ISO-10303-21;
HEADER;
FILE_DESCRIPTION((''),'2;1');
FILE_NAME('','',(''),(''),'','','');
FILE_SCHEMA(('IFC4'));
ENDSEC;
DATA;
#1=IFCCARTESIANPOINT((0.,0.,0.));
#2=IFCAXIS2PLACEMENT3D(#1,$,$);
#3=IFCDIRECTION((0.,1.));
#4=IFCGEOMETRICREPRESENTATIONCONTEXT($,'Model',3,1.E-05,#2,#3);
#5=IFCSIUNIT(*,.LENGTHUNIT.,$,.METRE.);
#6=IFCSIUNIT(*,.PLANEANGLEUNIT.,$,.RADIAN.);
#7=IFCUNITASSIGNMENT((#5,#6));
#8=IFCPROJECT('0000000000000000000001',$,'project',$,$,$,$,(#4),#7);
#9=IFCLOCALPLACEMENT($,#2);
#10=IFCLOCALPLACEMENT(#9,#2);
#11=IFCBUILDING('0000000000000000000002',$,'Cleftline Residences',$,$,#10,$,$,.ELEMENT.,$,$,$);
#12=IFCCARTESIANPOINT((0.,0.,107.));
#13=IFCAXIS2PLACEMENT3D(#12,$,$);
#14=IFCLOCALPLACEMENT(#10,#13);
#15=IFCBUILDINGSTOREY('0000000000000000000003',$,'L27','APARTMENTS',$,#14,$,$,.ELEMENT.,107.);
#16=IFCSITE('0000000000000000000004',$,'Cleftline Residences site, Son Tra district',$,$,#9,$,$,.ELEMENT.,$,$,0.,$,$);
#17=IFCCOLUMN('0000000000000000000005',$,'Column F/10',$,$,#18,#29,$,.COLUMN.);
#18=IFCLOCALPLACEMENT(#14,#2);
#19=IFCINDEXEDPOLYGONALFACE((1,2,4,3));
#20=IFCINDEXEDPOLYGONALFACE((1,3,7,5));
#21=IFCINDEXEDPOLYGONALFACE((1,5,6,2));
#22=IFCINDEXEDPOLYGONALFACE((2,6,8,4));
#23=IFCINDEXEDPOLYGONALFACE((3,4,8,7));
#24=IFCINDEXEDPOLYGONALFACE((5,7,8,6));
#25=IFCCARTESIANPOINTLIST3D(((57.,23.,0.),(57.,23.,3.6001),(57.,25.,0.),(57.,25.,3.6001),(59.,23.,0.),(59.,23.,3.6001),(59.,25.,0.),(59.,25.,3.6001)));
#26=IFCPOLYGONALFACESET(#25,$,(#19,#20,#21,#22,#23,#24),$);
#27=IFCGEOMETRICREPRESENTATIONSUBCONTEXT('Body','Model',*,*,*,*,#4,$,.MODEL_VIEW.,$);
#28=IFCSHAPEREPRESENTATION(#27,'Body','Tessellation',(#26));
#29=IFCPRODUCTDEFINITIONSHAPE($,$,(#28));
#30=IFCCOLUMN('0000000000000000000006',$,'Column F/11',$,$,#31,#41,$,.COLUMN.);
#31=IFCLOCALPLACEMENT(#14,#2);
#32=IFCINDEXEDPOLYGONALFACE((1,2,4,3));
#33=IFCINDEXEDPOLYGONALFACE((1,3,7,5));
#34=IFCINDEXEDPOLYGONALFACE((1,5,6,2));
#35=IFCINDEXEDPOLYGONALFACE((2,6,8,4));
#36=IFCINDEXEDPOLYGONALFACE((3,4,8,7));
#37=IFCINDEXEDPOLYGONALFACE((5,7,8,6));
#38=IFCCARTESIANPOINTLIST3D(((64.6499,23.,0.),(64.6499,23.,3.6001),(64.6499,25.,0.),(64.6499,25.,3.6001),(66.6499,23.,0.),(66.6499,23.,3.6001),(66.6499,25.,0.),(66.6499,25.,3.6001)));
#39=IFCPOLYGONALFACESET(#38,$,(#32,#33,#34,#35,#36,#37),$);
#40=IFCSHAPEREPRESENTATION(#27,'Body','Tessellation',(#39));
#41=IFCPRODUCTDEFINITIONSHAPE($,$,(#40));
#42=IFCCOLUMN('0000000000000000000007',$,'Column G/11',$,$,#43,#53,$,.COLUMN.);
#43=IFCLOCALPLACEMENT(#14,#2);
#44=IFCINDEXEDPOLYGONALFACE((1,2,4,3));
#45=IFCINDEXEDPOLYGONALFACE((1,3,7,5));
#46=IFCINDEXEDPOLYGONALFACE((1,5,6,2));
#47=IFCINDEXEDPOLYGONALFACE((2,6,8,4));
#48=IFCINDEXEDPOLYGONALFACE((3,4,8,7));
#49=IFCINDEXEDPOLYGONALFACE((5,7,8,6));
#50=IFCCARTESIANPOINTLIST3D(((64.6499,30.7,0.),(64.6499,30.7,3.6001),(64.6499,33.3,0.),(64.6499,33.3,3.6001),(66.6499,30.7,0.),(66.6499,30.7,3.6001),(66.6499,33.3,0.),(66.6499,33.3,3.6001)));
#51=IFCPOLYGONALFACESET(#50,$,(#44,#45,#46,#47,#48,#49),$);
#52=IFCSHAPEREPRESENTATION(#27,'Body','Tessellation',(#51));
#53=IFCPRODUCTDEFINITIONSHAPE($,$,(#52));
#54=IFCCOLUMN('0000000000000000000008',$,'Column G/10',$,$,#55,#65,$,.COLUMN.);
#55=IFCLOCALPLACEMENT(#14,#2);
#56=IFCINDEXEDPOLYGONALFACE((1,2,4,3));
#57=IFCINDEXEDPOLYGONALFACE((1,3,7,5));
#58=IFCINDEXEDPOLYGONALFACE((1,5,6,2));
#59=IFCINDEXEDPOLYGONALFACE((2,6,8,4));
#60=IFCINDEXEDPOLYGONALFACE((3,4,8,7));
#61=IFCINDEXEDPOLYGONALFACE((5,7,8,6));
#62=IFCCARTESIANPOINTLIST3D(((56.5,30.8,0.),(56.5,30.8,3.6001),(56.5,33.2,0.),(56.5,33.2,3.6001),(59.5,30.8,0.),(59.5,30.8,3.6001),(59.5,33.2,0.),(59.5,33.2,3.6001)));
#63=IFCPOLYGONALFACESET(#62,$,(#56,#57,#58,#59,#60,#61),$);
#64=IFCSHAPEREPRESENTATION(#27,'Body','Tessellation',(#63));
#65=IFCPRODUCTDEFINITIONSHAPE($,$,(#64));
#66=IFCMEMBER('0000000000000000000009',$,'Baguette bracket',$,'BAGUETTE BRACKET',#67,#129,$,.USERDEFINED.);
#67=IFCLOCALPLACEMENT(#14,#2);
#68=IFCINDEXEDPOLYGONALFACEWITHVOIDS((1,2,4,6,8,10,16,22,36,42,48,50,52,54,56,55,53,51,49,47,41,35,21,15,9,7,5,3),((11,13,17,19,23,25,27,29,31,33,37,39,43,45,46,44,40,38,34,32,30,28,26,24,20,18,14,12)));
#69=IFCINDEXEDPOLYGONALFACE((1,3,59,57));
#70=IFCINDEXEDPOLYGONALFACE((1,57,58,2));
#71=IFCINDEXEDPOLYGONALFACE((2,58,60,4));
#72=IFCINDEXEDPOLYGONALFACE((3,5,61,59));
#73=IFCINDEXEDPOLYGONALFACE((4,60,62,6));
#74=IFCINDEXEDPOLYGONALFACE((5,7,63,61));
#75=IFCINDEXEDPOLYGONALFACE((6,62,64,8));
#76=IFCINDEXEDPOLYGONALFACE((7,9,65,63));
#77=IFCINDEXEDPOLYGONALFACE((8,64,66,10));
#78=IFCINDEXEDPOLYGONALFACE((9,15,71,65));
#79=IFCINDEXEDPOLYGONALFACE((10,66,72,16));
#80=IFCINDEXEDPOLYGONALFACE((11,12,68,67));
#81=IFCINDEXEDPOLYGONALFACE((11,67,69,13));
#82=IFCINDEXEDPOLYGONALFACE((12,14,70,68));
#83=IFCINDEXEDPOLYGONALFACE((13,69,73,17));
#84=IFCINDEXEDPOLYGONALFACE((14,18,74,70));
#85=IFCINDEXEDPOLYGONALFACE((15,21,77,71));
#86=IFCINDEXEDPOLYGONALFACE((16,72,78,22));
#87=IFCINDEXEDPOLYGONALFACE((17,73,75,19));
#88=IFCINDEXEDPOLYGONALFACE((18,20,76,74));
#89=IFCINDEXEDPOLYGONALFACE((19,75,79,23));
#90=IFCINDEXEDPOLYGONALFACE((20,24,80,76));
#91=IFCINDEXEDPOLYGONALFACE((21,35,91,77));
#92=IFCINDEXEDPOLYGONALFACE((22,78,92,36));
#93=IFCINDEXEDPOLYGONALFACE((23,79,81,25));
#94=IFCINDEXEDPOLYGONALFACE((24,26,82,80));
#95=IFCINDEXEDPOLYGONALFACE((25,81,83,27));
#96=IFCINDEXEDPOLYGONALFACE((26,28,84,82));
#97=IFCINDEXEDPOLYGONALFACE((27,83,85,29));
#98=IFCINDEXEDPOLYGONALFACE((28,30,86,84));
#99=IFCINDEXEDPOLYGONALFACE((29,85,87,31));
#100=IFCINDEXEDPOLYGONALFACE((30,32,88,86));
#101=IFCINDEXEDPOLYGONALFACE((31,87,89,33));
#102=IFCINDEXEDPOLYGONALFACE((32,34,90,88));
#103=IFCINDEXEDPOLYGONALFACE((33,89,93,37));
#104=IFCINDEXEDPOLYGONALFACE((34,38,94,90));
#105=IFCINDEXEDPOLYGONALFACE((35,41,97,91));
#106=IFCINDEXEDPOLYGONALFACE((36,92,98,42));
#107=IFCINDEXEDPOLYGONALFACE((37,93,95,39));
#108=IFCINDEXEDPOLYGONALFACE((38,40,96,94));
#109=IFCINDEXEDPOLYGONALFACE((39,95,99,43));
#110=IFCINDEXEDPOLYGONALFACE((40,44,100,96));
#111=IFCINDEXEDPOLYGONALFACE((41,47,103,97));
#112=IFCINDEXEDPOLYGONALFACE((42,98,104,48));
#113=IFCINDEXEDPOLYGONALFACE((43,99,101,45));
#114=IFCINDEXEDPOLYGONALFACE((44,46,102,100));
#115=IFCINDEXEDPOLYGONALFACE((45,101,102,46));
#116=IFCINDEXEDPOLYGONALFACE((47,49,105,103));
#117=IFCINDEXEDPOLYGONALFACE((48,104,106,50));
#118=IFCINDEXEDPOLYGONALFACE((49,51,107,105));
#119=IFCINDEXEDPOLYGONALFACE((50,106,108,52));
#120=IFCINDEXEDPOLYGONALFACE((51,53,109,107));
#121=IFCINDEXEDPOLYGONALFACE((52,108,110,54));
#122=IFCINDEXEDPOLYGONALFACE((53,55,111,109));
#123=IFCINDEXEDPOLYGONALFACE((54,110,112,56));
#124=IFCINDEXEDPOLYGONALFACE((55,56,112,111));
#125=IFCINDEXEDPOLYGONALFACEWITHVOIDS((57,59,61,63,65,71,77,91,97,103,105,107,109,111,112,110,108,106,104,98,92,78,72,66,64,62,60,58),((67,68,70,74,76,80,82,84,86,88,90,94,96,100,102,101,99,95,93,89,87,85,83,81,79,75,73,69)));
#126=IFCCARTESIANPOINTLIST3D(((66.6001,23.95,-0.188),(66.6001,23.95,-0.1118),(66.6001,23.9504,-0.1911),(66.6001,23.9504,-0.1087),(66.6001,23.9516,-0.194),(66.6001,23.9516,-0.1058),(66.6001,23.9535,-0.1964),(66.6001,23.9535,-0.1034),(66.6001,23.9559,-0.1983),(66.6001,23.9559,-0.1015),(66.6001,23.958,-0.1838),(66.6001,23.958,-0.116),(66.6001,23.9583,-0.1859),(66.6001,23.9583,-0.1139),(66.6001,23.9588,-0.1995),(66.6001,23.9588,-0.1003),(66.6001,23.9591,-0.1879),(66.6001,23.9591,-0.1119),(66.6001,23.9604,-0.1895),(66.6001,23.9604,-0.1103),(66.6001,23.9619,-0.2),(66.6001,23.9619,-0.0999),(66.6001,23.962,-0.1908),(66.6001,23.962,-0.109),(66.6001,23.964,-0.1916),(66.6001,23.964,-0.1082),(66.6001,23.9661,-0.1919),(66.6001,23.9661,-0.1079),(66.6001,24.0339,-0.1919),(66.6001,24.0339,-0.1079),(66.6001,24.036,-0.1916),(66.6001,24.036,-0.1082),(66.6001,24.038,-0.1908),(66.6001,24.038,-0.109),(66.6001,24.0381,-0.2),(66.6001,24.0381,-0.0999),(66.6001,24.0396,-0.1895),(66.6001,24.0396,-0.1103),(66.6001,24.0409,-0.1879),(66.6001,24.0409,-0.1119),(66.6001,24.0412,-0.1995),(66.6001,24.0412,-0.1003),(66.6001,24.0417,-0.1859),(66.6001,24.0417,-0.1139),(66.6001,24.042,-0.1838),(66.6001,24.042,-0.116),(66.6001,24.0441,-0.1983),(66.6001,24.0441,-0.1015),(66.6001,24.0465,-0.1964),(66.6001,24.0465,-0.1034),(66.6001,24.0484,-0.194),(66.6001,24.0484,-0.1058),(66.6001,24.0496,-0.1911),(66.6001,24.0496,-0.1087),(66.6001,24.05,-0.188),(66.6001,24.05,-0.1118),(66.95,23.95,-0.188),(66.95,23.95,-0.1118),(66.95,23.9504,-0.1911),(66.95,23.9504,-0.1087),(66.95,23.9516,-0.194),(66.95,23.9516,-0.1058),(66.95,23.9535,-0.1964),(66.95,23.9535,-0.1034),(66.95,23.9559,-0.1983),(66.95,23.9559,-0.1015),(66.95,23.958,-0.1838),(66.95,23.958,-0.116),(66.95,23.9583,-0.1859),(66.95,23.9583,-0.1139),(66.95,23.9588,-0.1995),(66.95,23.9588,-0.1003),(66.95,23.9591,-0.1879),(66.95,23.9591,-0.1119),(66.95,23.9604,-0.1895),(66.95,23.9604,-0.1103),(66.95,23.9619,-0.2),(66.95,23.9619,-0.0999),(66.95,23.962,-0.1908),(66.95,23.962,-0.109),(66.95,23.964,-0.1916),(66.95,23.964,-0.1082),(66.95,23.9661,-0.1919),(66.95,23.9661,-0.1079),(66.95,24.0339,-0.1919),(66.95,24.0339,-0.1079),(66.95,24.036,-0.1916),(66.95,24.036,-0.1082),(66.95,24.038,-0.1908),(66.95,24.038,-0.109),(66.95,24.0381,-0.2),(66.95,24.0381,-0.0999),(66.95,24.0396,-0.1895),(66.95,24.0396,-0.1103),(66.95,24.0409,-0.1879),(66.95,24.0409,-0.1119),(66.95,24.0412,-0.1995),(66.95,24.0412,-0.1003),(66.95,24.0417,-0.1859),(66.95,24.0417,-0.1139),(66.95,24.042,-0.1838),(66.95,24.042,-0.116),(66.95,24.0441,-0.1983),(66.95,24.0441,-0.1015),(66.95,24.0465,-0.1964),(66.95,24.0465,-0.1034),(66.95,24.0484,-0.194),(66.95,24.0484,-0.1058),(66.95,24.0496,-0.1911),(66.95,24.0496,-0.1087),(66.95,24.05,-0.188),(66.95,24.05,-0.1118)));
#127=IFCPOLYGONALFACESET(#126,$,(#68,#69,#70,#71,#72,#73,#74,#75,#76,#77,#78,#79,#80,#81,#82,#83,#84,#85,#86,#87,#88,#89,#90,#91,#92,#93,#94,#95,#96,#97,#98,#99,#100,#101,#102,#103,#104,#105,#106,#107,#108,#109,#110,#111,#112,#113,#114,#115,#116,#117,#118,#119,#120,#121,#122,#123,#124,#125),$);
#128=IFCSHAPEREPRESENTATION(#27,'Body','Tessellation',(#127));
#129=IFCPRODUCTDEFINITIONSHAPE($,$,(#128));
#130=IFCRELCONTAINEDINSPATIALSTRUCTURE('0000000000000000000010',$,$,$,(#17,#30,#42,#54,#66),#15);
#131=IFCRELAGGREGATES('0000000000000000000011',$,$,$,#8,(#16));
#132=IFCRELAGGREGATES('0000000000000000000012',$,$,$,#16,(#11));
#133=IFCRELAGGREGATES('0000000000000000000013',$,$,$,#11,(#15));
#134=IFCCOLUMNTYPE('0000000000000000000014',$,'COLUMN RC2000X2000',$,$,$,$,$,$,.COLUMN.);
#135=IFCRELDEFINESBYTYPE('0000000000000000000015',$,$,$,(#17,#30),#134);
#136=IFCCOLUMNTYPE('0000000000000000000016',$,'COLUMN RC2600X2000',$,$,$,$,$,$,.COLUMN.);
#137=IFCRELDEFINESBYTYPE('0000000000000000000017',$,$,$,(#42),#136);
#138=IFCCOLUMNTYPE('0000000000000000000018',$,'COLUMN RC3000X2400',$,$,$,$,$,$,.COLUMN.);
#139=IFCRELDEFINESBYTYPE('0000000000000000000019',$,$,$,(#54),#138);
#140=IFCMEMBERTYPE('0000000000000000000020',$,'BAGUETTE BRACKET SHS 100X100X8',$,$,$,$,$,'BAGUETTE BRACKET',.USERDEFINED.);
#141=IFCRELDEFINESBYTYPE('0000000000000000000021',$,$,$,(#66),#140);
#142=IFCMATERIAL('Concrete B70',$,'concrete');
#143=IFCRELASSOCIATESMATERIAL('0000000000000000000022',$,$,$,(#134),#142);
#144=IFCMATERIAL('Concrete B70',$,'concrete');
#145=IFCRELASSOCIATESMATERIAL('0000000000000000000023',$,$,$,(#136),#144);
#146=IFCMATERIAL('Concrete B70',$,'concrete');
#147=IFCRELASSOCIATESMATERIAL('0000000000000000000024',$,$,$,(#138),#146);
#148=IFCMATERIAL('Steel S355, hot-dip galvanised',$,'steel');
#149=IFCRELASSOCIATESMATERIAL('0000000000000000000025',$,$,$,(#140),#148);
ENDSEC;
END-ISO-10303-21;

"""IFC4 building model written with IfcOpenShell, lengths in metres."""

from ifc_helpers import new_model, si_unit, direction, frame, origin, origin_2d, place, context, subcontext, project, spatial, rectangle, hollow_rectangle, extrude, material, material_profile, profile_set, type_object, element, save


model = new_model("IFC4")

# Units and contexts
model_context = context("Model", 3, precision=1e-05, world=origin(), true_north=direction((0.0, 1.0)))
body_context = subcontext(model_context, "Body", "Model", "MODEL_VIEW")
ifc_project = project(units=[si_unit("LENGTHUNIT", "METRE"), si_unit("PLANEANGLEUNIT", "RADIAN")], contexts=[model_context])

# Site, building, storey
site_placement = place(None, origin())
site = spatial("IfcSite", under=ifc_project, at=site_placement, Name="Cleftline Residences site, Son Tra district", CompositionType="ELEMENT", RefElevation=0.0)
building_placement = place(site_placement, origin())
building = spatial("IfcBuilding", under=site, at=building_placement, Name="Cleftline Residences", CompositionType="ELEMENT")
storey_placement = place(building_placement, frame((0.0, 0.0, 107.0)))
storey = spatial("IfcBuildingStorey", under=building, at=storey_placement, Name="L27", Description="APARTMENTS", CompositionType="ELEMENT", Elevation=107.0)

# Columns
ifc_material_1 = material(Name="Concrete B70", Category="concrete")
ifc_material_profile_1 = material_profile(ifc_material_1, rectangle(XDim=2.0, YDim=2.0, at=origin_2d()))
ifc_profile_set_1 = profile_set([ifc_material_profile_1], Name="Concrete B70")
column_type_1 = type_object("IfcColumnType", Name="COLUMN RC2000X2000", PredefinedType="COLUMN", material=ifc_profile_set_1)
for number, where, z_axis, x_axis, name in (
    (1, (58.0, 24.0, 0.0), (0.0, 0.0, 1.0), (1.0, 0.0, 0.0), "Column F/10"),
    (2, (65.6499, 24.0, 0.0), (0.0, 0.0, 1.0), (1.0, 0.0, 0.0), "Column F/11"),
):
    element("IfcColumn", number, at=place(storey_placement, frame(where, z_axis=z_axis, x_axis=x_axis)), inside=storey, type_object=column_type_1, Name=name, PredefinedType="COLUMN", context=body_context, shape_type="SweptSolid", body=[
        extrude(rectangle(XDim=2.0, YDim=2.0, at=origin_2d()), origin(), (0.0, 0.0, 1.0), 3.6001),
    ])
ifc_material_2 = material(Name="Concrete B70", Category="concrete")
ifc_material_profile_2 = material_profile(ifc_material_2, rectangle(XDim=2.6001, YDim=2.0, at=origin_2d()))
ifc_profile_set_2 = profile_set([ifc_material_profile_2], Name="Concrete B70")
column_type_2 = type_object("IfcColumnType", Name="COLUMN RC2600X2000", PredefinedType="COLUMN", material=ifc_profile_set_2)
column_1_placement = place(storey_placement, frame((65.6499, 32.0, 0.0), z_axis=(0.0, 0.0, 1.0), x_axis=(0.0, 1.0, 0.0)))
element("IfcColumn", 3, at=column_1_placement, inside=storey, type_object=column_type_2, Name="Column G/11", PredefinedType="COLUMN", context=body_context, shape_type="SweptSolid", body=[
    extrude(rectangle(XDim=2.6001, YDim=2.0, at=origin_2d()), origin(), (0.0, 0.0, 1.0), 3.6001),
])
ifc_material_3 = material(Name="Concrete B70", Category="concrete")
ifc_material_profile_3 = material_profile(ifc_material_3, rectangle(XDim=3.0, YDim=2.3999, at=origin_2d()))
ifc_profile_set_3 = profile_set([ifc_material_profile_3], Name="Concrete B70")
column_type_3 = type_object("IfcColumnType", Name="COLUMN RC3000X2400", PredefinedType="COLUMN", material=ifc_profile_set_3)
column_2_placement = place(storey_placement, frame((58.0, 32.0, 0.0), z_axis=(0.0, 0.0, 1.0), x_axis=(1.0, 0.0, 0.0)))
element("IfcColumn", 4, at=column_2_placement, inside=storey, type_object=column_type_3, Name="Column G/10", PredefinedType="COLUMN", context=body_context, shape_type="SweptSolid", body=[
    extrude(rectangle(XDim=3.0, YDim=2.3999, at=origin_2d()), origin(), (0.0, 0.0, 1.0), 3.6001),
])

# Member
ifc_material_4 = material(Name="Steel S355, hot-dip galvanised", Category="steel")
ifc_material_profile_4 = material_profile(ifc_material_4, hollow_rectangle(XDim=0.1001, YDim=0.1001, WallThickness=0.0081, InnerFilletRadius=0.0081, OuterFilletRadius=0.012, at=origin_2d()))
ifc_profile_set_4 = profile_set([ifc_material_profile_4], Name="Steel S355, hot-dip galvanised")
member_type_1 = type_object("IfcMemberType", Name="BAGUETTE BRACKET SHS 100X100X8", ElementType="BAGUETTE BRACKET", PredefinedType="USERDEFINED", material=ifc_profile_set_4)
member_1_placement = place(storey_placement, frame((66.6001, 24.0, -0.1499), z_axis=(1.0, 0.0, 0.0), x_axis=(0.0, 1.0, 0.0)))
element("IfcMember", 5, at=member_1_placement, inside=storey, type_object=member_type_1, Name="Baguette bracket", ObjectType="BAGUETTE BRACKET", PredefinedType="USERDEFINED", context=body_context, shape_type="SweptSolid", body=[
    extrude(hollow_rectangle(XDim=0.1001, YDim=0.1001, WallThickness=0.0081, InnerFilletRadius=0.0081, OuterFilletRadius=0.012, at=origin_2d()), origin(), (0.0, 0.0, 1.0), 0.3499),
])

save(model, "model.ifc")
